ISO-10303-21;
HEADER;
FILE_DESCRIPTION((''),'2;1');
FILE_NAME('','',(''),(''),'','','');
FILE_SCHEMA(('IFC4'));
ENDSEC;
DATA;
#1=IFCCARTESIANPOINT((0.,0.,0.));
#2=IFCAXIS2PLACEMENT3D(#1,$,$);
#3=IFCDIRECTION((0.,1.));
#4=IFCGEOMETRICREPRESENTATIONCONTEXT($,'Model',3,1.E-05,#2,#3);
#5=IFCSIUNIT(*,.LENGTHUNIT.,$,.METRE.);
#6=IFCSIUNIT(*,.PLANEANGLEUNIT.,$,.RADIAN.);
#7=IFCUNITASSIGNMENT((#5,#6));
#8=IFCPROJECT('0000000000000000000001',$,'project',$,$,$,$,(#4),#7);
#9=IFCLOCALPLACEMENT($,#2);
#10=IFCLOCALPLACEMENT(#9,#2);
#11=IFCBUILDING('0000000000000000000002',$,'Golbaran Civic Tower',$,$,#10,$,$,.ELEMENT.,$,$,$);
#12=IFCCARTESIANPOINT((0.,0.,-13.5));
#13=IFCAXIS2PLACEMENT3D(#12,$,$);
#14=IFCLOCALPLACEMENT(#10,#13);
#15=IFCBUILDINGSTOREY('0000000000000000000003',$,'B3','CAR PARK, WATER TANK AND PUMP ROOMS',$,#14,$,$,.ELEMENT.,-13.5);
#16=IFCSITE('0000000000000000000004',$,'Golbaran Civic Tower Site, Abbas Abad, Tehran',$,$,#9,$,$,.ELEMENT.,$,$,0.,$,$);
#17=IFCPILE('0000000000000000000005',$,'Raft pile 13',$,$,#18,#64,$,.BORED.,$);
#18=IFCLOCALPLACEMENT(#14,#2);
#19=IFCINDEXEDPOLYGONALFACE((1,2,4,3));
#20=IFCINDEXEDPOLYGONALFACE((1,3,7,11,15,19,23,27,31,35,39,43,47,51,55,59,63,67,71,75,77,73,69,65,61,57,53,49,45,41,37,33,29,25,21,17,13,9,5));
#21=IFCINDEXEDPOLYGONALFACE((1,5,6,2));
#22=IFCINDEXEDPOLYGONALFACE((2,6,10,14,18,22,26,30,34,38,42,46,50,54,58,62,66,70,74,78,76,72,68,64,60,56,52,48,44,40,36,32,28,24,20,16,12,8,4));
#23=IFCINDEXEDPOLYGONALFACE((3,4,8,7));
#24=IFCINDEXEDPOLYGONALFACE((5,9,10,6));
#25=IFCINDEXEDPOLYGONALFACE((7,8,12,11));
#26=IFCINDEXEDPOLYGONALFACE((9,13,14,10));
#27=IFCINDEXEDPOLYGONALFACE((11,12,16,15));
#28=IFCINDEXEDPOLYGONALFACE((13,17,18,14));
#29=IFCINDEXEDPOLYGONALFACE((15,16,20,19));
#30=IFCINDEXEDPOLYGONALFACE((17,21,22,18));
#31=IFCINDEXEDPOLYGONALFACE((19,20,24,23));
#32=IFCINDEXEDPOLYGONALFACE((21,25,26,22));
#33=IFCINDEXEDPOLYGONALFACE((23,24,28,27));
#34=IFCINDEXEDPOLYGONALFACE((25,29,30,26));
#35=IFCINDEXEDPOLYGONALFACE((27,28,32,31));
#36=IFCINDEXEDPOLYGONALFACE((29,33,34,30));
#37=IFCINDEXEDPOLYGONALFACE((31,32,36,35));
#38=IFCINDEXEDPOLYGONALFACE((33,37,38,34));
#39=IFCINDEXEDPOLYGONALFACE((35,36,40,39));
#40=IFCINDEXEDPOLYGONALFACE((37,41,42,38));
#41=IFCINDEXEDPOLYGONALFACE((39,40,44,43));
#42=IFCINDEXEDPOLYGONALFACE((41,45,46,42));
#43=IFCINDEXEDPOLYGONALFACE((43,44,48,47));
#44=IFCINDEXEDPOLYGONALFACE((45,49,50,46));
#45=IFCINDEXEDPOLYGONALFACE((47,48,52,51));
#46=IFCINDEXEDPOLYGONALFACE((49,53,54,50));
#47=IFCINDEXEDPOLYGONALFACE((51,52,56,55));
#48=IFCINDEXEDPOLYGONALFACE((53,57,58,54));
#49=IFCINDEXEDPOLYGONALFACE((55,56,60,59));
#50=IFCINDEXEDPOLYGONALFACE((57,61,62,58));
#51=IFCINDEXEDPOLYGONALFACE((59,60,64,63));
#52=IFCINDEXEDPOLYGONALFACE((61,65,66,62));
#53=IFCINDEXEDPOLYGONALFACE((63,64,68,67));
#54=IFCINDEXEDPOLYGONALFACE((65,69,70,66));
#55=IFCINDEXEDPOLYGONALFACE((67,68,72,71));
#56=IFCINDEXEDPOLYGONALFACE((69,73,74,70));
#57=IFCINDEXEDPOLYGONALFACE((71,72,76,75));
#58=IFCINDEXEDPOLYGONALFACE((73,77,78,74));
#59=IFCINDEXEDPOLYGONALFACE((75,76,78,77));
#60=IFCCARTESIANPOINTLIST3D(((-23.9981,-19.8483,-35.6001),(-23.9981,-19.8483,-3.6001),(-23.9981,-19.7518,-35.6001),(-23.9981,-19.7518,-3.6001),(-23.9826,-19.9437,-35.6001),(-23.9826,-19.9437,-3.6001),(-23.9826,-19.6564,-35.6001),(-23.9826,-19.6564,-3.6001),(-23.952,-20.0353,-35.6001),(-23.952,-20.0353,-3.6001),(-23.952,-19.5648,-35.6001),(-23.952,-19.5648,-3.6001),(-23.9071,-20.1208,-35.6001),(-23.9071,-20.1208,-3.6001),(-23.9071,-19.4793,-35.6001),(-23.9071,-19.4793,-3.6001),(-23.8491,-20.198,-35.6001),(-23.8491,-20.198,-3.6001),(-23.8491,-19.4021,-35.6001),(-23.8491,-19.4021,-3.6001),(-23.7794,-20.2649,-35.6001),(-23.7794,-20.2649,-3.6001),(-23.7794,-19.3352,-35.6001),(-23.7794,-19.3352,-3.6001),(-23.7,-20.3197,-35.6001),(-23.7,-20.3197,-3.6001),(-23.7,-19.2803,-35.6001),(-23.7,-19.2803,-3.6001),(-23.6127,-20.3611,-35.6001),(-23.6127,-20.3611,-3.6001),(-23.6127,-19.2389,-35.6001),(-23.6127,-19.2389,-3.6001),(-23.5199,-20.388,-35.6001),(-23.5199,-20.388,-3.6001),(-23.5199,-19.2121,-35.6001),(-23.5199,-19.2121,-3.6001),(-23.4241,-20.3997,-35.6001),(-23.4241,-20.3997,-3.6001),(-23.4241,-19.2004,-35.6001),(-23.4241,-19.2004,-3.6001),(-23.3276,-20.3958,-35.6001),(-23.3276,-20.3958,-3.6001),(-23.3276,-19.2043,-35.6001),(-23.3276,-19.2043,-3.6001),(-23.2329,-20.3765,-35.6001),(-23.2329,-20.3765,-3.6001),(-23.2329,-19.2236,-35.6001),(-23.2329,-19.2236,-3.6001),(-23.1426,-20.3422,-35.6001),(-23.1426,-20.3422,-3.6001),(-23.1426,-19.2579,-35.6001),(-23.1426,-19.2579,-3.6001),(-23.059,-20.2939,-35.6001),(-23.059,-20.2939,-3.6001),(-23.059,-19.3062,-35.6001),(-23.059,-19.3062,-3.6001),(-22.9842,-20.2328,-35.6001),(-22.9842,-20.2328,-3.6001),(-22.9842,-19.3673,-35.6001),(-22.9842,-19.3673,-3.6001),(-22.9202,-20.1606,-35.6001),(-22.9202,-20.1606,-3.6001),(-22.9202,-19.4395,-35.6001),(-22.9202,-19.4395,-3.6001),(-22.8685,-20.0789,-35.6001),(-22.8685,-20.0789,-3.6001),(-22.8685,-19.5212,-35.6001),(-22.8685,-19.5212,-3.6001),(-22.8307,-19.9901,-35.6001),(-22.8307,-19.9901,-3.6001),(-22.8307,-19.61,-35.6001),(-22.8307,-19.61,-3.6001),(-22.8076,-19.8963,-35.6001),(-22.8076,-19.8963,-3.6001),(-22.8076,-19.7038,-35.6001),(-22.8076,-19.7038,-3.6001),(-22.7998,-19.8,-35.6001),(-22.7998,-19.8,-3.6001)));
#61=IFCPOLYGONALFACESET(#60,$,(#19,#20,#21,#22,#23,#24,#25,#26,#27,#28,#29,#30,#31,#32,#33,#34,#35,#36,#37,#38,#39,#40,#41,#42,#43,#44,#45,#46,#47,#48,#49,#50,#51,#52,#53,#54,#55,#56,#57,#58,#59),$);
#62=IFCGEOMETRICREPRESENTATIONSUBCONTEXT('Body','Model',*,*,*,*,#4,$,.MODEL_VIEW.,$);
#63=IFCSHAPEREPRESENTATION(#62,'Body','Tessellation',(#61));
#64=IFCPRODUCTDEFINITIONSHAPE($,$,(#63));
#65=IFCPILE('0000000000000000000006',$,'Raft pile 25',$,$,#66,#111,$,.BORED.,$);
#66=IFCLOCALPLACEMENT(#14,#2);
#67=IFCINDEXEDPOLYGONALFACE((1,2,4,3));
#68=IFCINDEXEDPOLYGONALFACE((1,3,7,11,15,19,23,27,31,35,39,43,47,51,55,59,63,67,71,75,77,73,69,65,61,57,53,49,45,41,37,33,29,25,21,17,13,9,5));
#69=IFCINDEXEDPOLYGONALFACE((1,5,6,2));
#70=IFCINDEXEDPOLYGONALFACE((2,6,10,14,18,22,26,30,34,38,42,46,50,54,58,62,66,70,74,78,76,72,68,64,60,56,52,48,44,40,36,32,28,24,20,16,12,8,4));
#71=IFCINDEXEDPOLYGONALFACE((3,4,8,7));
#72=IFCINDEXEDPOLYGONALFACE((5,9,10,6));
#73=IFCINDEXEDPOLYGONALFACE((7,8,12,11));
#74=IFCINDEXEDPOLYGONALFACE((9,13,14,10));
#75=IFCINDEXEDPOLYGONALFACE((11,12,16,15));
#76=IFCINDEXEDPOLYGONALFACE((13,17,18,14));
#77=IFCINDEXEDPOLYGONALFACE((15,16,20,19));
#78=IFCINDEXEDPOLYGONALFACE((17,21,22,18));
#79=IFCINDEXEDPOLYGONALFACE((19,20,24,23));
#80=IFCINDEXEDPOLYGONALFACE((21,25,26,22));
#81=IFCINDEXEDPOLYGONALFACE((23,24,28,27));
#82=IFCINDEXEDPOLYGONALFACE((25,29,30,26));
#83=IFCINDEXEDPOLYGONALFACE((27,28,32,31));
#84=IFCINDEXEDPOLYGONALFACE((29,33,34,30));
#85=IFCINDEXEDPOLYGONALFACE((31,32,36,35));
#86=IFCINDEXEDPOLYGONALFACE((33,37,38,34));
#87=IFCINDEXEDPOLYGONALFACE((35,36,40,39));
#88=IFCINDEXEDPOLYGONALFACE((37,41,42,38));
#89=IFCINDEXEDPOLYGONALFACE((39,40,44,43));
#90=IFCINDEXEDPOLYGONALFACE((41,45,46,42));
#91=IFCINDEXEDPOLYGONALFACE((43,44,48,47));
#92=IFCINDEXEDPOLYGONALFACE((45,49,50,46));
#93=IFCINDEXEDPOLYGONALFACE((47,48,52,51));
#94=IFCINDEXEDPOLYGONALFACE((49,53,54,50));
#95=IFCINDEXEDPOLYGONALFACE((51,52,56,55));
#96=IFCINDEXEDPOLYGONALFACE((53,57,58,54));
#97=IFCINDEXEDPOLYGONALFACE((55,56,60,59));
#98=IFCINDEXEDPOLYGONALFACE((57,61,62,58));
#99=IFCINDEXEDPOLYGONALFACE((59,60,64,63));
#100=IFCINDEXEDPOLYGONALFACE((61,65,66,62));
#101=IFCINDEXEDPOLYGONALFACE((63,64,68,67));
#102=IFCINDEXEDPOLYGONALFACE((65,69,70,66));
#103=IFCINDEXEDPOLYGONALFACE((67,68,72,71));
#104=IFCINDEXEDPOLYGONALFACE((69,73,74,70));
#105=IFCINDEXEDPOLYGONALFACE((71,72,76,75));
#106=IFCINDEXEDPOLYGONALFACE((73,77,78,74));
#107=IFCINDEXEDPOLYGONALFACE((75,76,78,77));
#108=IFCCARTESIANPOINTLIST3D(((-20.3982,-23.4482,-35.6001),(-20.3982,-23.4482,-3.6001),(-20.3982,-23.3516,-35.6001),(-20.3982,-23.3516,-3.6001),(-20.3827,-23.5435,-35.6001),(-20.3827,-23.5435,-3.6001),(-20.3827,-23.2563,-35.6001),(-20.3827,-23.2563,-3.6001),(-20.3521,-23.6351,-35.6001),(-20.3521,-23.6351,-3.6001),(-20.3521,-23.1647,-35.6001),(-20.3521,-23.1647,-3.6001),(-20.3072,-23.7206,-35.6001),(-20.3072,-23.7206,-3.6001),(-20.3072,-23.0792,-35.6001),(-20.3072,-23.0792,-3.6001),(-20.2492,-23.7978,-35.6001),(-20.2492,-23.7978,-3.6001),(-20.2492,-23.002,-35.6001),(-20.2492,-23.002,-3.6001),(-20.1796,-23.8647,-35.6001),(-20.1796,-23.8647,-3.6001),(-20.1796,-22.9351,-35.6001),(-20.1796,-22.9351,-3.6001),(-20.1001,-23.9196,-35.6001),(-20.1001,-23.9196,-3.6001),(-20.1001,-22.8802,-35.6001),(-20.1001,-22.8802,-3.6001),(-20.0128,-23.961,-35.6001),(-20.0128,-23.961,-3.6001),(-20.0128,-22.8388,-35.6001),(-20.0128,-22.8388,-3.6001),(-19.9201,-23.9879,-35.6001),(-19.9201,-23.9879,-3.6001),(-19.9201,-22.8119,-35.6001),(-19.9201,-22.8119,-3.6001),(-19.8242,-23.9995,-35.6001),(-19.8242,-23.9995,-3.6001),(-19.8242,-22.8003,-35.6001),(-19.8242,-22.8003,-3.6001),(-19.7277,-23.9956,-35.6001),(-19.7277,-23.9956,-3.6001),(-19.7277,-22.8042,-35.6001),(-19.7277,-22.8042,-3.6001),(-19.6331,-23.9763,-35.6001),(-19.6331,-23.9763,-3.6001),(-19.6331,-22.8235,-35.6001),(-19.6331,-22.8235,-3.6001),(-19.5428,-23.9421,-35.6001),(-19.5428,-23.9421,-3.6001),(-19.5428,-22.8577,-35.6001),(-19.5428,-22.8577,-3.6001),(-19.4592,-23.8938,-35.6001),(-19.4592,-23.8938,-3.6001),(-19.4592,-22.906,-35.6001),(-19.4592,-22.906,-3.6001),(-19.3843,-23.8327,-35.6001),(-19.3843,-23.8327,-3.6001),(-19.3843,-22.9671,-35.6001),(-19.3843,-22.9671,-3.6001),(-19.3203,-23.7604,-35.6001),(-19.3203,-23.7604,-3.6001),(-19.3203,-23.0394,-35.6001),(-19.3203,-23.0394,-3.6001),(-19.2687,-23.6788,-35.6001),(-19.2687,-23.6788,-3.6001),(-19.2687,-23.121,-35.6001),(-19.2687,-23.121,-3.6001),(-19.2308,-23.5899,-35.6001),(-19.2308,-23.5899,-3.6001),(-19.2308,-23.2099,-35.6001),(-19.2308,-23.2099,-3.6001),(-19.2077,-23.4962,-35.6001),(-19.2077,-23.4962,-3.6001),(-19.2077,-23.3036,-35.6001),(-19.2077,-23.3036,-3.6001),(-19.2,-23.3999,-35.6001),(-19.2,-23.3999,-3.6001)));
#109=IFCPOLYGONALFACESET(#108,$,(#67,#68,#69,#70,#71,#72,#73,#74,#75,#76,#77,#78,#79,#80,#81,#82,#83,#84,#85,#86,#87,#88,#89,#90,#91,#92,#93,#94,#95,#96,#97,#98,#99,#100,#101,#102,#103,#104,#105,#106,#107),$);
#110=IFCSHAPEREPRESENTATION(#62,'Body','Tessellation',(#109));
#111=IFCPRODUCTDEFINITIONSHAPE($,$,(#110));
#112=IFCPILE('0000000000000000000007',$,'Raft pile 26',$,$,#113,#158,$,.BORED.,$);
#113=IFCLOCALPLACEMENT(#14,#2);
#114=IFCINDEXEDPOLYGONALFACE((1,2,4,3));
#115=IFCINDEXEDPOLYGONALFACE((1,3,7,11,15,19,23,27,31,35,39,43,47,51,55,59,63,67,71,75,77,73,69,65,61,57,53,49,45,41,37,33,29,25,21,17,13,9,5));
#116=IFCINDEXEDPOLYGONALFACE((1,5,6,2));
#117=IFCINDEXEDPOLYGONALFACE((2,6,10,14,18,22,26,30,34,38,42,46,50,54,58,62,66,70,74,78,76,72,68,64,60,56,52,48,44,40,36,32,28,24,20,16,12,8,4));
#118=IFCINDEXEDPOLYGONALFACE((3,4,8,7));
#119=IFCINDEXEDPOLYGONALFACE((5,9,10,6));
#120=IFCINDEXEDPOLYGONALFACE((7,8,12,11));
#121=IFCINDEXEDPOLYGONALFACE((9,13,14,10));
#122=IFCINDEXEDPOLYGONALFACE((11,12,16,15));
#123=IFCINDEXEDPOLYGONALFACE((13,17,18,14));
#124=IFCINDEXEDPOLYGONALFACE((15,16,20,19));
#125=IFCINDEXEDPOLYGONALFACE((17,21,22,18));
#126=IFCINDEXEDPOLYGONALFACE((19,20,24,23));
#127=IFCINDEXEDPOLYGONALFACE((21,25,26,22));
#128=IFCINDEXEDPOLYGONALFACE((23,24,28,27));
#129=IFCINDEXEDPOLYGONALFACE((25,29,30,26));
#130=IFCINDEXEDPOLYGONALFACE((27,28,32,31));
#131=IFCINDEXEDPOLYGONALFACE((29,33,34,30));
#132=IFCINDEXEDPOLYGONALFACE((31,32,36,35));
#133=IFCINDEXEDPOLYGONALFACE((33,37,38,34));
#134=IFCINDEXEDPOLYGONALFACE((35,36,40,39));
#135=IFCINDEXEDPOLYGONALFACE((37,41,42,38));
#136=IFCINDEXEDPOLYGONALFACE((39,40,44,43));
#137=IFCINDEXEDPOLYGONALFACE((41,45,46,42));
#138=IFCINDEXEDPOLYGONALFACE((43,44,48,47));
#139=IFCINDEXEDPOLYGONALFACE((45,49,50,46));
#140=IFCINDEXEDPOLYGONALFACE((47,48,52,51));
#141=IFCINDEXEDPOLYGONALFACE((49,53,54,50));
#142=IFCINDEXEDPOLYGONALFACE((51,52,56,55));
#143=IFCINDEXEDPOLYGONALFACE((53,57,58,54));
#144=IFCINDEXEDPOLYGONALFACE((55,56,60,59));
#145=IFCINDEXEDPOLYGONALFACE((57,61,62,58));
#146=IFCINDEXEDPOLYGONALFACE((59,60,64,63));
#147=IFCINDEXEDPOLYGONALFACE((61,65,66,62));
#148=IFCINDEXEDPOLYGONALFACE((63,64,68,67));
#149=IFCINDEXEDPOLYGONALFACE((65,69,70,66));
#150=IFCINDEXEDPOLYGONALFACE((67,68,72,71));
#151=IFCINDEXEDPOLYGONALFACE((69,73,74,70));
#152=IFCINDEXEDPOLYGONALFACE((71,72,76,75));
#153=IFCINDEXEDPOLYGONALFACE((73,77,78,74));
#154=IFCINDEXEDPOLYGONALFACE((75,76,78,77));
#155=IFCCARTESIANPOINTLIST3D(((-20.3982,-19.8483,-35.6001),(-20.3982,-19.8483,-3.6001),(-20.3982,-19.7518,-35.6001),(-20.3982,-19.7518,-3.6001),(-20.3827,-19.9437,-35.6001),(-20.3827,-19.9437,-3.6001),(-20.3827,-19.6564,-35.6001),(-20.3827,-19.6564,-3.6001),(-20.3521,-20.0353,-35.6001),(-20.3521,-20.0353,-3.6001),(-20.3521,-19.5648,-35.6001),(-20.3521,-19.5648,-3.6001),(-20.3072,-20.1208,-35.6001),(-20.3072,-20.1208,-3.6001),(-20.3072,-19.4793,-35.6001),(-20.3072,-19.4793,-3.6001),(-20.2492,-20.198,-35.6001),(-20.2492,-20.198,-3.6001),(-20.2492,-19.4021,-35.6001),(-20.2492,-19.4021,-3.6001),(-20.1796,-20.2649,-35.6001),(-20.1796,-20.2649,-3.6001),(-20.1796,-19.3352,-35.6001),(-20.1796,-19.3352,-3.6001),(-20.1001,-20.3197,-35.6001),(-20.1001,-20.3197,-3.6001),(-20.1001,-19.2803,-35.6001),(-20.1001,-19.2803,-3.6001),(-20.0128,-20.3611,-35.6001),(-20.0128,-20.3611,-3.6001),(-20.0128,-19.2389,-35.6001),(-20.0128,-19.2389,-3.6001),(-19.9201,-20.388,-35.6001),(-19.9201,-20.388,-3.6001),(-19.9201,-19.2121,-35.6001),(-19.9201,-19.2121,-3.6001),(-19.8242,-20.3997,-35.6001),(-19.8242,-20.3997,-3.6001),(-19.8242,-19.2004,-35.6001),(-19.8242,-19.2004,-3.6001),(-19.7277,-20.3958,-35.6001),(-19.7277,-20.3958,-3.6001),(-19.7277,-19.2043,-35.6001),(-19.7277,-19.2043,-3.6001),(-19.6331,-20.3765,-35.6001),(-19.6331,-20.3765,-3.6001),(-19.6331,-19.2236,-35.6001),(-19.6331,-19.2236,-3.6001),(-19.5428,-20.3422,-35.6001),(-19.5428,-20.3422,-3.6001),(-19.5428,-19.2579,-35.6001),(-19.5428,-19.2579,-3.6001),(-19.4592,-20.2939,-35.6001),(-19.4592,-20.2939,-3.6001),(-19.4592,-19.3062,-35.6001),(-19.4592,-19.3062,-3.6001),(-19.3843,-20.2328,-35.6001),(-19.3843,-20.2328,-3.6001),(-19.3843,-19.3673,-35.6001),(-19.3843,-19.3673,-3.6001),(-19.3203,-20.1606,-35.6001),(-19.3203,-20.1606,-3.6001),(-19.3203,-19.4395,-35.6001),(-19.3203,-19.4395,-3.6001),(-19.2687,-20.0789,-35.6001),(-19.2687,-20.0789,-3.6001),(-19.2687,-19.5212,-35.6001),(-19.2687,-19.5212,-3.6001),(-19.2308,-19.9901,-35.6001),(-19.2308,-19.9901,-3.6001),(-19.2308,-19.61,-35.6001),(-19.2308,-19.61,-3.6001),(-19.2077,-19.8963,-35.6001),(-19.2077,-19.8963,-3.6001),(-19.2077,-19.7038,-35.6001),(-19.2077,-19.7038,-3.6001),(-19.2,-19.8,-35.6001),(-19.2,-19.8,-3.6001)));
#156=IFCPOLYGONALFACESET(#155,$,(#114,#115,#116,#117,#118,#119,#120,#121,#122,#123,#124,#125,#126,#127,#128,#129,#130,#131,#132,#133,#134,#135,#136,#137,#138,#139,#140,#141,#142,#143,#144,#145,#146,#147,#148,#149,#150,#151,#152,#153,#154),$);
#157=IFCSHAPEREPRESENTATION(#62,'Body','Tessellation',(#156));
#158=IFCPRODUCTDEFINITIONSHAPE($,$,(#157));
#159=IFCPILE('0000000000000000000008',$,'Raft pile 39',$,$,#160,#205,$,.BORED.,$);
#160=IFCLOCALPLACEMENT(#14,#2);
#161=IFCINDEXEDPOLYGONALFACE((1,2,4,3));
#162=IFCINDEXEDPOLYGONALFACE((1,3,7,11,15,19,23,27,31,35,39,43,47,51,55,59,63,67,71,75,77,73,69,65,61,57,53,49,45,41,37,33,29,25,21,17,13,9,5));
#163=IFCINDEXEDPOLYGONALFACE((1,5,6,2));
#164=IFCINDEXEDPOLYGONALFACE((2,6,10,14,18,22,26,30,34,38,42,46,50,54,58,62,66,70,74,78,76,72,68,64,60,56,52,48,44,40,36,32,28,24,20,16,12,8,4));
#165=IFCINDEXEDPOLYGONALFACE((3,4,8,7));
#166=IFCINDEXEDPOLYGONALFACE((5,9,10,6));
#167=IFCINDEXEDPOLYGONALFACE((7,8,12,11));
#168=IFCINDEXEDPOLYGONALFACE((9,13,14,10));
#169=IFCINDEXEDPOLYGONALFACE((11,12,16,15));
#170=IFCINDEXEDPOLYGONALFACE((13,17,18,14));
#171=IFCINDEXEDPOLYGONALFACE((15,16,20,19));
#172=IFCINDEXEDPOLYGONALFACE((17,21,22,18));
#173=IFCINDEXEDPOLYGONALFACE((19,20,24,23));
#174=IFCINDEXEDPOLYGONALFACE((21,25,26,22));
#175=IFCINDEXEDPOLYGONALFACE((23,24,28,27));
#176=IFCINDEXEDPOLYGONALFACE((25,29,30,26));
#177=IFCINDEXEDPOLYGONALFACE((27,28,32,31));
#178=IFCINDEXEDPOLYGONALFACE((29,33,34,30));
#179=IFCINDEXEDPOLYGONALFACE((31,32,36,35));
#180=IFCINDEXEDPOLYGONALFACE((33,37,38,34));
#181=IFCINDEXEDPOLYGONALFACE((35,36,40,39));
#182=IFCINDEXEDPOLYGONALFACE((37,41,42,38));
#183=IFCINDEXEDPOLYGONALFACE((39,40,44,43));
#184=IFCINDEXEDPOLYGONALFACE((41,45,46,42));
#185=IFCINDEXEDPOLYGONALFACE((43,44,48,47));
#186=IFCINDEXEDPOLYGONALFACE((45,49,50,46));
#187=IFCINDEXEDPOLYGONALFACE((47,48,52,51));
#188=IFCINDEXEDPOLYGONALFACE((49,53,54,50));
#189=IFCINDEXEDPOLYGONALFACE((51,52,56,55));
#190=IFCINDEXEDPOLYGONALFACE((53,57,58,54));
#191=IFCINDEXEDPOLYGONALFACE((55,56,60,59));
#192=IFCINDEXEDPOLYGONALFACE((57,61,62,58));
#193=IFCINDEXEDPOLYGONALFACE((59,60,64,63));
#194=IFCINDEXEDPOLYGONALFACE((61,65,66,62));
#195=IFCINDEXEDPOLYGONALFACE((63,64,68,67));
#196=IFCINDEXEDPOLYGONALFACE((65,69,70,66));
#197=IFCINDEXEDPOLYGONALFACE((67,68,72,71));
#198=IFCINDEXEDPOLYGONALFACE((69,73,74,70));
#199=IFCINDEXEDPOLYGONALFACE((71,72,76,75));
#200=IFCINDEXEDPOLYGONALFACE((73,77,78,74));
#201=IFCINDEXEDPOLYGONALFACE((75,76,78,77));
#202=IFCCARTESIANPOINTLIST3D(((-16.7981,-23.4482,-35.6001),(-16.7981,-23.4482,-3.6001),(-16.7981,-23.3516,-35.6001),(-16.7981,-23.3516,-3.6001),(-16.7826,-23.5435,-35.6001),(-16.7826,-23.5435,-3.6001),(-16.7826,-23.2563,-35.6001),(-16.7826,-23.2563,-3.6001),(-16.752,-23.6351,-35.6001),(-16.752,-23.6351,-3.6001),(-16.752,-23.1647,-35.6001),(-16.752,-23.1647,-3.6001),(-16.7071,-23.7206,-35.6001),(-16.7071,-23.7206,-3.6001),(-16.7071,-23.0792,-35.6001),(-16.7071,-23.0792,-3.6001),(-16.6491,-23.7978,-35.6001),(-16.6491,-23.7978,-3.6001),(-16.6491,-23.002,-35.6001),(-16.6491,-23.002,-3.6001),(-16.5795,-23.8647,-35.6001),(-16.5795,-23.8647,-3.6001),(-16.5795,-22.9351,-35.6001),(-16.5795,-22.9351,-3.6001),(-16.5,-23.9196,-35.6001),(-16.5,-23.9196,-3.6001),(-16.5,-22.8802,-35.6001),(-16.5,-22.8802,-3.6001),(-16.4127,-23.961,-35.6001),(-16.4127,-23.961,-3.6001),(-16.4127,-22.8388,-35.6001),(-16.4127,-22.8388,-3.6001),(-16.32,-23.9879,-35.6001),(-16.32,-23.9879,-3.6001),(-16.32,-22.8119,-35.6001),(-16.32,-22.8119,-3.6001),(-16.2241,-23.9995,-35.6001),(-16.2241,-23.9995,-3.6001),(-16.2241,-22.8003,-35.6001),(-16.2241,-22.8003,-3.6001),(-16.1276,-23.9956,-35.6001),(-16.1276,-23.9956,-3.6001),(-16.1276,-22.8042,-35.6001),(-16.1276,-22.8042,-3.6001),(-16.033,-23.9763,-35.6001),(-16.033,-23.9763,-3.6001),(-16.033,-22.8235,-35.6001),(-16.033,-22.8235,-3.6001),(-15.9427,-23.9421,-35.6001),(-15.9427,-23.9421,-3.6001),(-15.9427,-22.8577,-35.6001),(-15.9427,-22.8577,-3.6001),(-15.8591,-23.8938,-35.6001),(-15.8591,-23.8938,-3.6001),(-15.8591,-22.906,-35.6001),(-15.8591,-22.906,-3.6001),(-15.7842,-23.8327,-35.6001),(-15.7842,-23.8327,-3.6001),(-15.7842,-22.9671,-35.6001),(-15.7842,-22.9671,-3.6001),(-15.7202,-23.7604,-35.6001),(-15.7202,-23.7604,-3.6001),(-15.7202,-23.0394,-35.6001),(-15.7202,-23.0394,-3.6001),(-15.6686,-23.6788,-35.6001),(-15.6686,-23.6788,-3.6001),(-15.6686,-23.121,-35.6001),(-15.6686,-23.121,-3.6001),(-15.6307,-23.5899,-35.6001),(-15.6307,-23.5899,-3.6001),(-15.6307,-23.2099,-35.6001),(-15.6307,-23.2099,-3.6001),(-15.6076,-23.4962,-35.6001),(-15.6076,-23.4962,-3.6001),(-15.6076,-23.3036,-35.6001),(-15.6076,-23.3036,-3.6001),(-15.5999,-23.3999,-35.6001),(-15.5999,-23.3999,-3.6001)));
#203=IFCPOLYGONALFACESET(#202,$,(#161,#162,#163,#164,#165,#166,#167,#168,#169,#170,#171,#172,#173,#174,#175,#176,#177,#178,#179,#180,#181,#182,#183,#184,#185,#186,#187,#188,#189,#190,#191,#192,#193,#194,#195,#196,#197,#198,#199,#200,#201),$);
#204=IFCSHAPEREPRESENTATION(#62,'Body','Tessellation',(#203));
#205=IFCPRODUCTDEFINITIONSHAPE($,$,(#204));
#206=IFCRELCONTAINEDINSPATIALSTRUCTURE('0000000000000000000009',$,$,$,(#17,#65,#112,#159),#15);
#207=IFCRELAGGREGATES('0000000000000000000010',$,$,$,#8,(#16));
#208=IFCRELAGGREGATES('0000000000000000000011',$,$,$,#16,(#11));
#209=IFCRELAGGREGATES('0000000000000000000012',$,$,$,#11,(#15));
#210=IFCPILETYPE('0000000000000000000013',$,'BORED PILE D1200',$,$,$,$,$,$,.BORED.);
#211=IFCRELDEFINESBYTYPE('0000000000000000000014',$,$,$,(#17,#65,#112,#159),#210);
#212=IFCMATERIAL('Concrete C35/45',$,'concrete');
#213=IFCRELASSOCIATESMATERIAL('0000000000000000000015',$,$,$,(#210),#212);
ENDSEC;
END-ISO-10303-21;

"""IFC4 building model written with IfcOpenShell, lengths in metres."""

from ifc_helpers import new_model, si_unit, direction, frame, origin, origin_2d, place, context, subcontext, project, spatial, circle, extrude, material, material_profile, profile_set, type_object, element, save


model = new_model("IFC4")

# Units and contexts
model_context = context("Model", 3, precision=1e-05, world=origin(), true_north=direction((0.0, 1.0)))
body_context = subcontext(model_context, "Body", "Model", "MODEL_VIEW")
ifc_project = project(units=[si_unit("LENGTHUNIT", "METRE"), si_unit("PLANEANGLEUNIT", "RADIAN")], contexts=[model_context])

# Site, building, storey
site_placement = place(None, origin())
site = spatial("IfcSite", under=ifc_project, at=site_placement, Name="Golbaran Civic Tower Site, Abbas Abad, Tehran", CompositionType="ELEMENT", RefElevation=0.0)
building_placement = place(site_placement, origin())
building = spatial("IfcBuilding", under=site, at=building_placement, Name="Golbaran Civic Tower", CompositionType="ELEMENT")
storey_placement = place(building_placement, frame((0.0, 0.0, -13.5)))
storey = spatial("IfcBuildingStorey", under=building, at=storey_placement, Name="B3", Description="CAR PARK, WATER TANK AND PUMP ROOMS", CompositionType="ELEMENT", Elevation=-13.5)

# Piles
ifc_material_1 = material(Name="Concrete C35/45", Category="concrete")
ifc_material_profile_1 = material_profile(ifc_material_1, circle(Radius=0.6001, at=origin_2d()), Name="BORED PILE D1200")
ifc_profile_set_1 = profile_set([ifc_material_profile_1], Name="Concrete C35/45")
pile_type_1 = type_object("IfcPileType", Name="BORED PILE D1200", PredefinedType="BORED", material=ifc_profile_set_1)
for number, where, z_axis, x_axis, name in (
    (1, (-23.3999, -19.8, -3.6001), (0.0, 0.0, -1.0), (1.0, 0.0, 0.0), "Raft pile 13"),
    (2, (-19.8, -23.3999, -3.6001), (0.0, 0.0, -1.0), (1.0, 0.0, 0.0), "Raft pile 25"),
    (3, (-19.8, -19.8, -3.6001), (0.0, 0.0, -1.0), (1.0, 0.0, 0.0), "Raft pile 26"),
    (4, (-16.2, -23.3999, -3.6001), (0.0, 0.0, -1.0), (1.0, 0.0, 0.0), "Raft pile 39"),
):
    element("IfcPile", number, at=place(storey_placement, frame(where, z_axis=z_axis, x_axis=x_axis)), inside=storey, type_object=pile_type_1, Name=name, PredefinedType="BORED", context=body_context, shape_type="SweptSolid", body=[
        extrude(circle(Radius=0.6001, at=origin_2d()), origin(), (0.0, 0.0, 1.0), 32.0),
    ])

save(model, "model.ifc")
